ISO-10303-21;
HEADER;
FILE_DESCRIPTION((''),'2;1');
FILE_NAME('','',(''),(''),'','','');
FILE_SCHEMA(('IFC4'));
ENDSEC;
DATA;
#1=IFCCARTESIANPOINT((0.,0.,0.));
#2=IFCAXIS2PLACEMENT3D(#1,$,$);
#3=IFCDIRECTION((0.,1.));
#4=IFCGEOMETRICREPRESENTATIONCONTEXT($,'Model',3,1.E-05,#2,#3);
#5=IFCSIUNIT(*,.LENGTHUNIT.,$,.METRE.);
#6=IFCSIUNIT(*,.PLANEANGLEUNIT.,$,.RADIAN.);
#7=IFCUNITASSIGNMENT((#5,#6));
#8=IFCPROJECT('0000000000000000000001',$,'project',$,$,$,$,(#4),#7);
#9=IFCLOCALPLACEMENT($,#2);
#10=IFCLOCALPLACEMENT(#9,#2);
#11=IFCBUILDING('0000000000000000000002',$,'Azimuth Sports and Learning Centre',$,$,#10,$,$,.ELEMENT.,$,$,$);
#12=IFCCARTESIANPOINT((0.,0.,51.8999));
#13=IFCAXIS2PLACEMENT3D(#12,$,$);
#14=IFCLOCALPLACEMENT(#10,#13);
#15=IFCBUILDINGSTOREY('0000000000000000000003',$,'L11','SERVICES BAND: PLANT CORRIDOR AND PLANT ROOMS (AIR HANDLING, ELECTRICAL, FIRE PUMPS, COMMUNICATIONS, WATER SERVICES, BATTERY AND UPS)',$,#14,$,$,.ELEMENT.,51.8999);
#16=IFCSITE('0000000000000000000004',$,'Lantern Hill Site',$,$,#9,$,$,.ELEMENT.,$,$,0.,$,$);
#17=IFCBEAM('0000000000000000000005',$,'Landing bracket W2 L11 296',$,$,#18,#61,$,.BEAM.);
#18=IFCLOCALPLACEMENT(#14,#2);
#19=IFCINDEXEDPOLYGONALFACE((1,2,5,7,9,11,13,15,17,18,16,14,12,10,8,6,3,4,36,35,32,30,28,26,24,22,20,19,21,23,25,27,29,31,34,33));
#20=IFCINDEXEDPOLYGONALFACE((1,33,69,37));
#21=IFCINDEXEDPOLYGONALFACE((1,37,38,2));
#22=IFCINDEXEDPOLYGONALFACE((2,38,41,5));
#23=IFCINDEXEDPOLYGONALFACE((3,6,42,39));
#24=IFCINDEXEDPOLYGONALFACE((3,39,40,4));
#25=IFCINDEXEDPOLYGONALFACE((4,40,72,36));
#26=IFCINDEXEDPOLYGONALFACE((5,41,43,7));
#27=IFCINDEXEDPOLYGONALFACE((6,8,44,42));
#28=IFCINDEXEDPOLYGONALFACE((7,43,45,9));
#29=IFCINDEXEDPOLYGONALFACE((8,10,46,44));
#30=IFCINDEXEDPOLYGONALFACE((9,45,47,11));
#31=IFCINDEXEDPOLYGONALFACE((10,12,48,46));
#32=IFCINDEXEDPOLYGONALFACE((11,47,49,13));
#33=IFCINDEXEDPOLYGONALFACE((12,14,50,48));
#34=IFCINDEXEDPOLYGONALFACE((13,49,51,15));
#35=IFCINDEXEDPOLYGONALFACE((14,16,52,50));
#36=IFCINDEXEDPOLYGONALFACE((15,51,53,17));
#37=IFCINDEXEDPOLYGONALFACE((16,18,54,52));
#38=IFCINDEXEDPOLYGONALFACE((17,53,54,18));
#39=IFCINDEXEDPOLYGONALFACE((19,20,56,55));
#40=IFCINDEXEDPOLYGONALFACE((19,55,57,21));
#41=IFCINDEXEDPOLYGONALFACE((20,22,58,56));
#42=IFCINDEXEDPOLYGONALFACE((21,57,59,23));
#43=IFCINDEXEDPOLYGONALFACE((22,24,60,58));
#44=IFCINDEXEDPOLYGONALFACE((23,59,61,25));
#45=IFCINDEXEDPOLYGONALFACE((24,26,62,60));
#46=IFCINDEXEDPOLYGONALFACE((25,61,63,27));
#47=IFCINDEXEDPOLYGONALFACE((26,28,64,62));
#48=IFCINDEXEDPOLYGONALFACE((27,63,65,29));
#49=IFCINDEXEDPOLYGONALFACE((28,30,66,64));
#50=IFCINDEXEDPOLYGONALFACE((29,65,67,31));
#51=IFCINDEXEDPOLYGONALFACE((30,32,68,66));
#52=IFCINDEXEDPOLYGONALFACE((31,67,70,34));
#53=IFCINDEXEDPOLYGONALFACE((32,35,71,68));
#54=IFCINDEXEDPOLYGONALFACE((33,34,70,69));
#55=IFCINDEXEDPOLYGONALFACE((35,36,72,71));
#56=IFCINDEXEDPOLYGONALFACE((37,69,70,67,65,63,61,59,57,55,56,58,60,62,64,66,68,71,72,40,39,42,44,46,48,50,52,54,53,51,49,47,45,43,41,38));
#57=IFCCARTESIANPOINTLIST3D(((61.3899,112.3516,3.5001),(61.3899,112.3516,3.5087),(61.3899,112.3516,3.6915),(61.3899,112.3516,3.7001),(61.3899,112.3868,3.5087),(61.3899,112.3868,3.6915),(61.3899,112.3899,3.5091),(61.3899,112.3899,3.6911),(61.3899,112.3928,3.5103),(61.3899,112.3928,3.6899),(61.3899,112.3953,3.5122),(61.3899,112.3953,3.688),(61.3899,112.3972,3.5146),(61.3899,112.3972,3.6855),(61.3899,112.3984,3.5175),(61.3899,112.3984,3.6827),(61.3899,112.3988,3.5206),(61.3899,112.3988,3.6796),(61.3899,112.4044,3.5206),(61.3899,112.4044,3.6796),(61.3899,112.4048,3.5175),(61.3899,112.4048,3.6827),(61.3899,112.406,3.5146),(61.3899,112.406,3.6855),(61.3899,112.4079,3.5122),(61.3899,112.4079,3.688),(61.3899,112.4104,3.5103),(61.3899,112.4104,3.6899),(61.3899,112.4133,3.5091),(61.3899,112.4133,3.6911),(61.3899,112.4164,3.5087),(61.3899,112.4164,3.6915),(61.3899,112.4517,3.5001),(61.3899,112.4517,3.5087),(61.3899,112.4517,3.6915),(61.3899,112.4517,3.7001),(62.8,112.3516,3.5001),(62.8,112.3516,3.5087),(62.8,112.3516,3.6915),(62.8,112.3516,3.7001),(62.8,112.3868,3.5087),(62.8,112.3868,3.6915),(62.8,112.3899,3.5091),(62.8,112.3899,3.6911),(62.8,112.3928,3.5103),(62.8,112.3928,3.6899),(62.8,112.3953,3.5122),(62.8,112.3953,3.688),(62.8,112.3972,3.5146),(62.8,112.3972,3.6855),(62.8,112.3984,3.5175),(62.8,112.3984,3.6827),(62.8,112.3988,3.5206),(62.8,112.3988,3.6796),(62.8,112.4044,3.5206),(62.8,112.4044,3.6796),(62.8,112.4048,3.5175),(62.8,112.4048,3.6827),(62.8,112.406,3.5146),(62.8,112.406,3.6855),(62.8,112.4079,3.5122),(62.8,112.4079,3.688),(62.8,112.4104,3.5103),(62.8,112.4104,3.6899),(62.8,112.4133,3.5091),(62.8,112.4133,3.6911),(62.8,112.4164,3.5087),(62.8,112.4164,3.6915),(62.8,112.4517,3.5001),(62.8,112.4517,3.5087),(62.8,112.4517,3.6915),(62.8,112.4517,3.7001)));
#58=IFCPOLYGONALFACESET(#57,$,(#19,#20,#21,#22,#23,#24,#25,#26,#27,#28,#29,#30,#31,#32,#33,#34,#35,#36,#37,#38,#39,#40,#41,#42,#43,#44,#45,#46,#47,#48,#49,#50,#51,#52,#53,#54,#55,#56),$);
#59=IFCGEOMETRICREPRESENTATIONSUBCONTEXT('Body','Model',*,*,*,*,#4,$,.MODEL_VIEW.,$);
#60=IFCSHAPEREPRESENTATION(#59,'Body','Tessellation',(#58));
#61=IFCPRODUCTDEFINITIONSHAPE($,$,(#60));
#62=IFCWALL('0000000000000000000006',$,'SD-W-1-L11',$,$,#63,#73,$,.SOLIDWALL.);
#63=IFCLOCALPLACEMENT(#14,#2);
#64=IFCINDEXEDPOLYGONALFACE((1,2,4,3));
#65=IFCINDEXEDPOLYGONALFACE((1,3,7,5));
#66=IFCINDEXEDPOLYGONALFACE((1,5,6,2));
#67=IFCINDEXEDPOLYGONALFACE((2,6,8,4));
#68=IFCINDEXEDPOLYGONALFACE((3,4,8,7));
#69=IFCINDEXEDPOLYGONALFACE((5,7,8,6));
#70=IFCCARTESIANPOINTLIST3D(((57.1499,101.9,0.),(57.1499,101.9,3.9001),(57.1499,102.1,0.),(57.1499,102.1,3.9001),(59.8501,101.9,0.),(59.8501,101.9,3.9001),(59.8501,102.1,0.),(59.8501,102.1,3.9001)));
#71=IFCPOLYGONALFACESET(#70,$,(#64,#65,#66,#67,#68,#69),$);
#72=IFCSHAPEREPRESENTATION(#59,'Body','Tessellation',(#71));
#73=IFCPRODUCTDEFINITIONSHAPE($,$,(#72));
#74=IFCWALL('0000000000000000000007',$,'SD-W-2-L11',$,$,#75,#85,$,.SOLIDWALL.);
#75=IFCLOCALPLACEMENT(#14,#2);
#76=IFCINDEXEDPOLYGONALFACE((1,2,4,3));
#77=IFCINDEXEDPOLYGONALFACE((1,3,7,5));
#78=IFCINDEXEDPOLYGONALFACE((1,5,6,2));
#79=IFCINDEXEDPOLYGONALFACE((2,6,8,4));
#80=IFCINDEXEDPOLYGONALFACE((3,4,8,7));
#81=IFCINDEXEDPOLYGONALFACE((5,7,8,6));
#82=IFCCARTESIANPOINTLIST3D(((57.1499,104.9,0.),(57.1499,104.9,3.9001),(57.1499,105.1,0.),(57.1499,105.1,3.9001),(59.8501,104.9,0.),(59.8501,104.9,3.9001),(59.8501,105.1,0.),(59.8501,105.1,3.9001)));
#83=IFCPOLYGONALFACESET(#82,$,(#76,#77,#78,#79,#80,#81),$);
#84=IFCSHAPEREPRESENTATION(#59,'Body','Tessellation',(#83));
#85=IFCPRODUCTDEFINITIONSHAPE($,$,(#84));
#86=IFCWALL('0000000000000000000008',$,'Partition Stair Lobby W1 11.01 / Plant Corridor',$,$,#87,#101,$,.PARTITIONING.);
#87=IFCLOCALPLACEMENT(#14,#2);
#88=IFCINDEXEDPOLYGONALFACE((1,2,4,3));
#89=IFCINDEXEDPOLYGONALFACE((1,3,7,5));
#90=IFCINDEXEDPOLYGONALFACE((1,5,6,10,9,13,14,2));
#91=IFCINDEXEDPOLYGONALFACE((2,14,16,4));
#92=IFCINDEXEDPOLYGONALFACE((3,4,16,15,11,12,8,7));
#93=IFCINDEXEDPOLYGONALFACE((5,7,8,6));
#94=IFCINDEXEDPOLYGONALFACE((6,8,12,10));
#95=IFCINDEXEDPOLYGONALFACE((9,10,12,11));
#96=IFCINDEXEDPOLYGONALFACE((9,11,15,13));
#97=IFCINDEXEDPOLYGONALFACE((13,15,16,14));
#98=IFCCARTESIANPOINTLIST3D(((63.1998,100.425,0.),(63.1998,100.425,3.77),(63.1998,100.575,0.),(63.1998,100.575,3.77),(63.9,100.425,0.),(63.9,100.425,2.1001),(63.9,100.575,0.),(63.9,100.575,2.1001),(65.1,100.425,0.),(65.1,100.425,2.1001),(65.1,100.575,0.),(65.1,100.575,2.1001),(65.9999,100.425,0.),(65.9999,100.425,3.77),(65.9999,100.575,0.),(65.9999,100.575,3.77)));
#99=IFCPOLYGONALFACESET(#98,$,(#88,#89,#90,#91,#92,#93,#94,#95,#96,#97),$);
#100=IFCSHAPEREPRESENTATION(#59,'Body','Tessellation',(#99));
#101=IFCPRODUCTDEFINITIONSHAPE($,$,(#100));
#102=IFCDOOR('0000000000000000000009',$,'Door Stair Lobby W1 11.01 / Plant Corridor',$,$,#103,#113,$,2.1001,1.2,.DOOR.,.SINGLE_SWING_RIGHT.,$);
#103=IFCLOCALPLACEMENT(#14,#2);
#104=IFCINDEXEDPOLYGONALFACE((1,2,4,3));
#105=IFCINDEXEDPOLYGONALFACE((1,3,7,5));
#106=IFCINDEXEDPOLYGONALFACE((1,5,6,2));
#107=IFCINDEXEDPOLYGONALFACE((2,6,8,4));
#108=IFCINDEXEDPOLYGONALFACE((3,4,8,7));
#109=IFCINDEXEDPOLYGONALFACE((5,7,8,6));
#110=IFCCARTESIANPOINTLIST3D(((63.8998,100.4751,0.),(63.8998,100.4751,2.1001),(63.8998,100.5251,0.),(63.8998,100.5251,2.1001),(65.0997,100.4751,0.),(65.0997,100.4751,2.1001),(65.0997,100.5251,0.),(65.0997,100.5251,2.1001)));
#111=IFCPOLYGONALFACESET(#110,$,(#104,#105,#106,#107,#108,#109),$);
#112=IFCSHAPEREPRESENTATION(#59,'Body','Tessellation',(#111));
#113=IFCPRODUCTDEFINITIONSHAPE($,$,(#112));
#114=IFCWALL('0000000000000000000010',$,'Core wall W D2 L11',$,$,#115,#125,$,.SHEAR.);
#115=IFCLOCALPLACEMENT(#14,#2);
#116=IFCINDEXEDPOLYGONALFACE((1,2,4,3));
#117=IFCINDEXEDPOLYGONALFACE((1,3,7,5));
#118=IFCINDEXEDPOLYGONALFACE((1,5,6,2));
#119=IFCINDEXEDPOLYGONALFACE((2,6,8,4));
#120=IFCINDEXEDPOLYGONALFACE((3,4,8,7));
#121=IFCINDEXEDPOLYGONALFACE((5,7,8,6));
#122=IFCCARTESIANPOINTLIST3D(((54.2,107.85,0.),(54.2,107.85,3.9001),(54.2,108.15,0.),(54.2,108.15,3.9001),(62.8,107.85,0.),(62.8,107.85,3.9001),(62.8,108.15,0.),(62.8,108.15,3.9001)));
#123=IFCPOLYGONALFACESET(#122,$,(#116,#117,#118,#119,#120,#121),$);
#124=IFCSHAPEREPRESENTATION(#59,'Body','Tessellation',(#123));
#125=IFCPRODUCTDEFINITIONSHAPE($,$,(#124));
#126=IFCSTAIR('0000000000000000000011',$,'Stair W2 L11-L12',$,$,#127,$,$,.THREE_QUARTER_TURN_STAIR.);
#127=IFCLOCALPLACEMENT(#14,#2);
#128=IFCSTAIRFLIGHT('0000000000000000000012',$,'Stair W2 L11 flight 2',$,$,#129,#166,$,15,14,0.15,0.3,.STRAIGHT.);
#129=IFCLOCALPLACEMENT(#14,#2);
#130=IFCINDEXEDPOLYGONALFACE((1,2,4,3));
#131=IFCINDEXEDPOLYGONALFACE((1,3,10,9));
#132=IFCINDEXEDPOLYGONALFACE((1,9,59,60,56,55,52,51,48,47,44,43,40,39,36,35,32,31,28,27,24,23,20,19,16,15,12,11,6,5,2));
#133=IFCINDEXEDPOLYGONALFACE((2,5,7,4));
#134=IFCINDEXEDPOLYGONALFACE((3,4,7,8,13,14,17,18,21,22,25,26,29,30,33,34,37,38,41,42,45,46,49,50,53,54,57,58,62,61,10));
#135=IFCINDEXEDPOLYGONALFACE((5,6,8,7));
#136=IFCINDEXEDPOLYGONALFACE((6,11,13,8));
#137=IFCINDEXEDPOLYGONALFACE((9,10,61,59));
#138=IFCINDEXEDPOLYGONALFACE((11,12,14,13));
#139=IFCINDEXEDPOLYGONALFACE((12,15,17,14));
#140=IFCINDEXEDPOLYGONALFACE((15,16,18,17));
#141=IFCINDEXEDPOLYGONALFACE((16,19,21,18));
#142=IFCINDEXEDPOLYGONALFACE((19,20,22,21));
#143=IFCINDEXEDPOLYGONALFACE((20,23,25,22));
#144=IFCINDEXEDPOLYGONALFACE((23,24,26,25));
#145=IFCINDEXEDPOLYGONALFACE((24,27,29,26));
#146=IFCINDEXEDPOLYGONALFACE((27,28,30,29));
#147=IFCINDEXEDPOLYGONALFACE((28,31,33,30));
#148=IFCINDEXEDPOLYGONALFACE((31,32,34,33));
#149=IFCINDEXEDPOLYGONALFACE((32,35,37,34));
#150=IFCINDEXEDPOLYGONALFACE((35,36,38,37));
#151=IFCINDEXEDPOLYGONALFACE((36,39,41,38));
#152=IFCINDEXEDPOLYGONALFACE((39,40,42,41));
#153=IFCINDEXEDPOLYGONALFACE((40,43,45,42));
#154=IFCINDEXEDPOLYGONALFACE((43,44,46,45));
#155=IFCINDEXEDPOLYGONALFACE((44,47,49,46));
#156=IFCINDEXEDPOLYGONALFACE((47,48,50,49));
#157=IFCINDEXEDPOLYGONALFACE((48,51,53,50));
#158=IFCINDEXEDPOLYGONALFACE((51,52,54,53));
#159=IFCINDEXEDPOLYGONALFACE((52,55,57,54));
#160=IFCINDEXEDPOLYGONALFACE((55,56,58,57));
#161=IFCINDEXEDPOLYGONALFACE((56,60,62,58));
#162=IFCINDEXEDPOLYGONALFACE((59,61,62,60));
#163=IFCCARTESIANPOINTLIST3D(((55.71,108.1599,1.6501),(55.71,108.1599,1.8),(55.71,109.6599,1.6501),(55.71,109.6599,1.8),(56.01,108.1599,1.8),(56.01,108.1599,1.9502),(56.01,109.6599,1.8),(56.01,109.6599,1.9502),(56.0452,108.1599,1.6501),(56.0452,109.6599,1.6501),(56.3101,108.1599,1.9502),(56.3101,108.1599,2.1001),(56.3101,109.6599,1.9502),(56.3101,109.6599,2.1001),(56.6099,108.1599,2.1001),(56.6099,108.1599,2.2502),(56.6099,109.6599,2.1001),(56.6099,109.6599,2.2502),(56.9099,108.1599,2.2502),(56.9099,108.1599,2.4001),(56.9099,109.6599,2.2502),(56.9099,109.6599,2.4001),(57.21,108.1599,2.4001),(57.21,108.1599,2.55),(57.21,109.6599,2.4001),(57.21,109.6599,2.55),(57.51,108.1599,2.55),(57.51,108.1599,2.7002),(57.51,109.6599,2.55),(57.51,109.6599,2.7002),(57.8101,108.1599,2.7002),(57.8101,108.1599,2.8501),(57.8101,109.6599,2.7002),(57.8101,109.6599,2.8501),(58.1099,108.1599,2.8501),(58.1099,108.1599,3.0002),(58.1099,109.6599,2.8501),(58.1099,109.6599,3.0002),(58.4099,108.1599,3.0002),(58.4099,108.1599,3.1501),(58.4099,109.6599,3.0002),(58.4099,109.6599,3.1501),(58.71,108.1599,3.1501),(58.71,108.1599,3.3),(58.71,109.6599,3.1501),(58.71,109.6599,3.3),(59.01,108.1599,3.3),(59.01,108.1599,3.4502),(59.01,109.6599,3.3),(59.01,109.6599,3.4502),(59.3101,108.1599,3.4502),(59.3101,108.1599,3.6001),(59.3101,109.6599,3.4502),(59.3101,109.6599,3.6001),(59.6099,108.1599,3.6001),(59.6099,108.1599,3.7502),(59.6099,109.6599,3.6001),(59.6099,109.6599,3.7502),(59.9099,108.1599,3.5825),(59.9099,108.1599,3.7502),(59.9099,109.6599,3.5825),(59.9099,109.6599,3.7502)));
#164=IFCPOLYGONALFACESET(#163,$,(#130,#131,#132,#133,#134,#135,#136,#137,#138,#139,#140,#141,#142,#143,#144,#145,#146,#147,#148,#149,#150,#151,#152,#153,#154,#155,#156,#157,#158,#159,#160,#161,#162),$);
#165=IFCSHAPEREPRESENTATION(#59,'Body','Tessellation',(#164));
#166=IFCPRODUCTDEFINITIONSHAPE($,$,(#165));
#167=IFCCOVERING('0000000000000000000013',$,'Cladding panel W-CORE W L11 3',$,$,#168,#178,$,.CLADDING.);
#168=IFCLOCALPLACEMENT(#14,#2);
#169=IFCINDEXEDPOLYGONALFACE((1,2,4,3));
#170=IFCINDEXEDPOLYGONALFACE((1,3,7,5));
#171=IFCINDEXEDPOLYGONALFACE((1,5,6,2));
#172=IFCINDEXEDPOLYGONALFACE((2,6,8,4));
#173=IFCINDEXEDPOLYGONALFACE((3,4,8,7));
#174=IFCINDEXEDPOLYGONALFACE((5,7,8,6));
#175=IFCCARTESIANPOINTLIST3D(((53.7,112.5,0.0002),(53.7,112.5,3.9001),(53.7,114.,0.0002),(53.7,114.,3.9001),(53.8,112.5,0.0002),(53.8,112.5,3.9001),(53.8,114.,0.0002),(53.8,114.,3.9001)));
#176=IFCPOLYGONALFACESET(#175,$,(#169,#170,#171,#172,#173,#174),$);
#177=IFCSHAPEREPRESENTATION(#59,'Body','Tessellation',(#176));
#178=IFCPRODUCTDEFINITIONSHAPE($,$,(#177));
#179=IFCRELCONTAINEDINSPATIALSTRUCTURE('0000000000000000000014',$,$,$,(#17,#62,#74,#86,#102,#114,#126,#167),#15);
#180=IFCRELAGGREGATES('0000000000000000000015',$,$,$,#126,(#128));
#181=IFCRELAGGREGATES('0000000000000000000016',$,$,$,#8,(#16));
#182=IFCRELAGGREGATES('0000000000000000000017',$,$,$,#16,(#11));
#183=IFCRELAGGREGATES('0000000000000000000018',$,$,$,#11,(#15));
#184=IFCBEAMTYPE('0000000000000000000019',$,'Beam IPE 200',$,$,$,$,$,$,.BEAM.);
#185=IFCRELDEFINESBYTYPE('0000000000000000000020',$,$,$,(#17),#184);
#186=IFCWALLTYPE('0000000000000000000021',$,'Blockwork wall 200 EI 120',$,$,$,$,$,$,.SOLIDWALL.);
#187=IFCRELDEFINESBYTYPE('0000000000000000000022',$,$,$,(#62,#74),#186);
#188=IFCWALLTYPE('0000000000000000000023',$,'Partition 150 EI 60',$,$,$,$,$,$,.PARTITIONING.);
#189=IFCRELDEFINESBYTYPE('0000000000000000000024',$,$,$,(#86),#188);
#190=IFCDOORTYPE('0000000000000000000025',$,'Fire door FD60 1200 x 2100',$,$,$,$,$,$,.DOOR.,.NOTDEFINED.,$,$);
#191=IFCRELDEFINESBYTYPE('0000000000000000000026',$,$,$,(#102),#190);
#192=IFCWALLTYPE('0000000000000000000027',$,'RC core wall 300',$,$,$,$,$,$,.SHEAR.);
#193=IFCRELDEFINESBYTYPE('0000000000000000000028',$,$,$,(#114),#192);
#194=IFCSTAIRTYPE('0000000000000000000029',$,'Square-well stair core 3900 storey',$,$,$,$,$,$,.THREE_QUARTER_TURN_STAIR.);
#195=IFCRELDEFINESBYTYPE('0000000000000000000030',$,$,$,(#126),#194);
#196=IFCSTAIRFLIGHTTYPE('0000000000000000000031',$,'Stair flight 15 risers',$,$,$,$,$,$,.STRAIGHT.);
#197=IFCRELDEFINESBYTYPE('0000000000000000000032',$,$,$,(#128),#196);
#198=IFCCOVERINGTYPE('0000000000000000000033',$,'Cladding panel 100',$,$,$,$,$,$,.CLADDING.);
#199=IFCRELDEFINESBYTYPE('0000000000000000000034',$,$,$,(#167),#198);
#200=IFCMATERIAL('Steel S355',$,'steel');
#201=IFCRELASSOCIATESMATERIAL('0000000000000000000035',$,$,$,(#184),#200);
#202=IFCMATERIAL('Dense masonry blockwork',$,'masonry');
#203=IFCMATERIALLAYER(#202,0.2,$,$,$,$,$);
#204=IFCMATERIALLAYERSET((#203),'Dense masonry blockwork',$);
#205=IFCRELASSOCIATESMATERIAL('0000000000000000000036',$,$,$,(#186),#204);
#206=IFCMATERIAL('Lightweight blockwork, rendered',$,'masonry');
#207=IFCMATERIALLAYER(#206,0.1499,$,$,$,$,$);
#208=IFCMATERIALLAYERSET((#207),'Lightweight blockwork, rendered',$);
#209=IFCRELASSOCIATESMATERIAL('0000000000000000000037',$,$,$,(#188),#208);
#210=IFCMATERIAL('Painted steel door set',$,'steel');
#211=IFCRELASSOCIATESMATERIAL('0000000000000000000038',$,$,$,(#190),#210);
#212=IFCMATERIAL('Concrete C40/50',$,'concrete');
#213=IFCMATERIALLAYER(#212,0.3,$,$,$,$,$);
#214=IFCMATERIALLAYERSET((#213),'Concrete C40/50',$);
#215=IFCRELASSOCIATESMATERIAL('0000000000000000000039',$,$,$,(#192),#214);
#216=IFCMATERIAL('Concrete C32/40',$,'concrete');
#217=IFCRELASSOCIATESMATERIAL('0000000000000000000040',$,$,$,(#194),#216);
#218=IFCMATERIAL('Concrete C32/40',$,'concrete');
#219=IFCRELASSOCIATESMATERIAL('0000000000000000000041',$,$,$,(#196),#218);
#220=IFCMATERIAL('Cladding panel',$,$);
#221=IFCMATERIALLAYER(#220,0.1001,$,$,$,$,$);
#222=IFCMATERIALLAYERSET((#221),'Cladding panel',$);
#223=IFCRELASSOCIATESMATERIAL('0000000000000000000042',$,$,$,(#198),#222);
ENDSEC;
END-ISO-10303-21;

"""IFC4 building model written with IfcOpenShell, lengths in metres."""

from ifc_helpers import new_model, si_unit, direction, frame, frame_2d, origin, origin_2d, place, context, subcontext, project, spatial, polyline, rectangle, i_section, outline, extrude, material, layer, layer_set, material_profile, profile_set, type_object, element, fill, aggregate, save


model = new_model("IFC4")

# Units and contexts
model_context = context("Model", 3, precision=1e-05, world=origin(), true_north=direction((0.0, 1.0)))
body_context = subcontext(model_context, "Body", "Model", "MODEL_VIEW")
ifc_project = project(units=[si_unit("LENGTHUNIT", "METRE"), si_unit("PLANEANGLEUNIT", "RADIAN")], contexts=[model_context])

# Site, building, storey
site_placement = place(None, origin())
site = spatial("IfcSite", under=ifc_project, at=site_placement, Name="Lantern Hill Site", CompositionType="ELEMENT", RefElevation=0.0)
building_placement = place(site_placement, origin())
building = spatial("IfcBuilding", under=site, at=building_placement, Name="Azimuth Sports and Learning Centre", CompositionType="ELEMENT")
storey_placement = place(building_placement, frame((0.0, 0.0, 51.8999)))
storey = spatial("IfcBuildingStorey", under=building, at=storey_placement, Name="L11", Description="SERVICES BAND: PLANT CORRIDOR AND PLANT ROOMS (AIR HANDLING, ELECTRICAL, FIRE PUMPS, COMMUNICATIONS, WATER SERVICES, BATTERY AND UPS)", CompositionType="ELEMENT", Elevation=51.8999)

# Beam
ifc_material_1 = material(Name="Steel S355", Category="steel")
ifc_material_profile = material_profile(ifc_material_1, i_section(OverallWidth=0.1001, OverallDepth=0.2, WebThickness=0.0056, FlangeThickness=0.0085, FilletRadius=0.012, at=origin_2d()), Name="IPE 200")
ifc_profile_set = profile_set([ifc_material_profile], Name="Steel S355")
beam_type = type_object("IfcBeamType", Name="Beam IPE 200", PredefinedType="BEAM", material=ifc_profile_set)
for number, where, z_axis, x_axis, name in (
    (1, (62.8, 112.4016, 3.6001), (-1.0, 0.0, 0.0), (0.0, -1.0, 0.0), "Landing bracket W2 L11 296"),
):
    element("IfcBeam", number, at=place(storey_placement, frame(where, z_axis=z_axis, x_axis=x_axis)), inside=storey, type_object=beam_type, Name=name, PredefinedType="BEAM", context=body_context, shape_type="SweptSolid", body=[
        extrude(i_section(OverallWidth=0.1001, OverallDepth=0.2, WebThickness=0.0056, FlangeThickness=0.0085, FilletRadius=0.012, at=origin_2d()), origin(), (0.0, 0.0, 1.0), 1.4102),
    ])

# Walls
ifc_material_2 = material(Name="Dense masonry blockwork", Category="masonry")
ifc_layer_1 = layer(ifc_material_2, 0.2)
ifc_layer_set_1 = layer_set([ifc_layer_1], Name="Dense masonry blockwork")
wall_type_1 = type_object("IfcWallType", Name="Blockwork wall 200 EI 120", PredefinedType="SOLIDWALL", material=ifc_layer_set_1)
for number, where, z_axis, x_axis, name in (
    (2, (57.1499, 102.0, 0.0), (0.0, 0.0, 1.0), (1.0, 0.0, 0.0), "SD-W-1-L11"),
    (3, (57.1499, 105.0, 0.0), (0.0, 0.0, 1.0), (1.0, 0.0, 0.0), "SD-W-2-L11"),
):
    element("IfcWall", number, at=place(storey_placement, frame(where, z_axis=z_axis, x_axis=x_axis)), inside=storey, type_object=wall_type_1, Name=name, PredefinedType="SOLIDWALL", context=body_context, shape_type="SweptSolid", body=[
        extrude(rectangle(XDim=2.7002, YDim=0.2, at=frame_2d((1.3501, 0.0))), origin(), (0.0, 0.0, 1.0), 3.9001),
    ])

# Wall, opening, door
ifc_material_3 = material(Name="Lightweight blockwork, rendered", Category="masonry")
ifc_layer_2 = layer(ifc_material_3, 0.1499)
ifc_layer_set_2 = layer_set([ifc_layer_2], Name="Lightweight blockwork, rendered")
wall_type_2 = type_object("IfcWallType", Name="Partition 150 EI 60", PredefinedType="PARTITIONING", material=ifc_layer_set_2)
wall_1_placement = place(storey_placement, frame((63.2, 100.5, 0.0), z_axis=(0.0, 0.0, 1.0), x_axis=(1.0, 0.0, 0.0)))
wall_1 = element("IfcWall", 4, at=wall_1_placement, inside=storey, type_object=wall_type_2, Name="Partition Stair Lobby W1 11.01 / Plant Corridor", PredefinedType="PARTITIONING", context=body_context, shape_type="SweptSolid", body=[
    extrude(rectangle(XDim=2.8, YDim=0.1499, at=frame_2d((1.3999, 0.0))), origin(), (0.0, 0.0, 1.0), 3.77),
])
opening_placement = place(wall_1_placement, frame((0.7, 0.0, 0.0)))
opening = element("IfcOpeningElement", 5, at=opening_placement, cuts=wall_1, PredefinedType="OPENING", context=body_context, shape_type="SweptSolid", body=[
    extrude(rectangle(XDim=1.2, YDim=2.1001, at=frame_2d((0.6001, 1.05))), frame((0.0, 0.0859, 0.0), z_axis=(0.0, -1.0, 0.0), x_axis=(1.0, 0.0, 0.0)), (0.0, 0.0, 1.0), 0.1719),
])
ifc_material_4 = material(Name="Painted steel door set", Category="steel")
door_type = type_object("IfcDoorType", Name="Fire door FD60 1200 x 2100", OperationType="NOTDEFINED", PredefinedType="DOOR", material=ifc_material_4)
door_placement = place(opening_placement, frame((1.2, 0.0, 0.0), z_axis=(0.0, 0.0, 1.0), x_axis=(-1.0, 0.0, 0.0)))
door = element("IfcDoor", 6, at=door_placement, inside=storey, type_object=door_type, Name="Door Stair Lobby W1 11.01 / Plant Corridor", OperationType="SINGLE_SWING_RIGHT", OverallHeight=2.1001, OverallWidth=1.2, PredefinedType="DOOR", context=body_context, shape_type="SweptSolid", body=[
    extrude(rectangle(XDim=1.2, YDim=2.1001, at=frame_2d((0.6001, 1.05))), frame((0.0, 0.0249, 0.0), z_axis=(0.0, -1.0, 0.0), x_axis=(1.0, 0.0, 0.0)), (0.0, 0.0, 1.0), 0.05),
])
fill(opening, door)

# Wall
ifc_material_5 = material(Name="Concrete C40/50", Category="concrete")
ifc_layer_3 = layer(ifc_material_5, 0.3)
ifc_layer_set_3 = layer_set([ifc_layer_3], Name="Concrete C40/50")
wall_type_3 = type_object("IfcWallType", Name="RC core wall 300", PredefinedType="SHEAR", material=ifc_layer_set_3)
wall_2_placement = place(storey_placement, frame((54.2, 108.0, 0.0), z_axis=(0.0, 0.0, 1.0), x_axis=(1.0, 0.0, 0.0)))
element("IfcWall", 7, at=wall_2_placement, inside=storey, type_object=wall_type_3, Name="Core wall W D2 L11", PredefinedType="SHEAR", context=body_context, shape_type="SweptSolid", body=[
    extrude(rectangle(XDim=8.6001, YDim=0.3, at=frame_2d((4.3, 0.0))), origin(), (0.0, 0.0, 1.0), 3.9001),
])

# Stair, stair flight
ifc_material_6 = material(Name="Concrete C32/40", Category="concrete")
stair_type = type_object("IfcStairType", Name="Square-well stair core 3900 storey", PredefinedType="THREE_QUARTER_TURN_STAIR", material=ifc_material_6)
stair_placement = place(storey_placement, origin())
stair = element("IfcStair", 8, at=stair_placement, inside=storey, type_object=stair_type, Name="Stair W2 L11-L12", PredefinedType="THREE_QUARTER_TURN_STAIR")
ifc_material_7 = material(Name="Concrete C32/40", Category="concrete")
stair_flight_type = type_object("IfcStairFlightType", Name="Stair flight 15 risers", PredefinedType="STRAIGHT", material=ifc_material_7)
stair_flight_placement = place(storey_placement, frame((55.71, 108.9099, 1.6501), z_axis=(0.0, 0.0, 1.0), x_axis=(1.0, 0.0, 0.0)))
stair_flight = element("IfcStairFlight", 9, at=stair_flight_placement, type_object=stair_flight_type, Name="Stair W2 L11 flight 2", NumberOfRisers=15, NumberOfTreads=14, PredefinedType="STRAIGHT", RiserHeight=0.15, TreadLength=0.3, context=body_context, shape_type="SweptSolid", body=[
    extrude(outline(polyline([(0.0, 0.0), (0.0, 0.1499), (0.3, 0.1499), (0.3, 0.3), (0.6001, 0.3), (0.6001, 0.45), (0.8999, 0.45), (0.8999, 0.6001), (1.2, 0.6001), (1.2, 0.75), (1.5, 0.75), (1.5, 0.8999), (1.8, 0.8999), (1.8, 1.05), (2.1001, 1.05), (2.1001, 1.2), (2.3999, 1.2), (2.3999, 1.3501), (2.7, 1.3501), (2.7, 1.5), (3.0, 1.5), (3.0, 1.6499), (3.3, 1.6499), (3.3, 1.8), (3.6001, 1.8), (3.6001, 1.95), (3.8999, 1.95), (3.8999, 2.1001), (4.2, 2.1001), (4.2, 2.25), (4.2, 1.9324), (0.3352, 0.0), (0.0, 0.0)])), frame((0.0, 0.75, 0.0), z_axis=(0.0, -1.0, 0.0), x_axis=(1.0, 0.0, 0.0)), (0.0, 0.0, 1.0), 1.5),
])
aggregate(stair, [stair_flight])

# Covering
ifc_material_8 = material(Name="Cladding panel")
ifc_layer_4 = layer(ifc_material_8, 0.1001)
ifc_layer_set_4 = layer_set([ifc_layer_4], Name="Cladding panel")
covering_type = type_object("IfcCoveringType", Name="Cladding panel 100", PredefinedType="CLADDING", material=ifc_layer_set_4)
for number, where, z_axis, x_axis, name in (
    (10, (53.75, 113.25, 0.0002), (0.0, 0.0, 1.0), (0.0, -1.0, 0.0), "Cladding panel W-CORE W L11 3"),
):
    element("IfcCovering", number, at=place(storey_placement, frame(where, z_axis=z_axis, x_axis=x_axis)), inside=storey, type_object=covering_type, Name=name, PredefinedType="CLADDING", context=body_context, shape_type="SweptSolid", body=[
        extrude(rectangle(XDim=1.5, YDim=0.1001, at=origin_2d()), origin(), (0.0, 0.0, 1.0), 3.8999),
    ])

save(model, "model.ifc")
